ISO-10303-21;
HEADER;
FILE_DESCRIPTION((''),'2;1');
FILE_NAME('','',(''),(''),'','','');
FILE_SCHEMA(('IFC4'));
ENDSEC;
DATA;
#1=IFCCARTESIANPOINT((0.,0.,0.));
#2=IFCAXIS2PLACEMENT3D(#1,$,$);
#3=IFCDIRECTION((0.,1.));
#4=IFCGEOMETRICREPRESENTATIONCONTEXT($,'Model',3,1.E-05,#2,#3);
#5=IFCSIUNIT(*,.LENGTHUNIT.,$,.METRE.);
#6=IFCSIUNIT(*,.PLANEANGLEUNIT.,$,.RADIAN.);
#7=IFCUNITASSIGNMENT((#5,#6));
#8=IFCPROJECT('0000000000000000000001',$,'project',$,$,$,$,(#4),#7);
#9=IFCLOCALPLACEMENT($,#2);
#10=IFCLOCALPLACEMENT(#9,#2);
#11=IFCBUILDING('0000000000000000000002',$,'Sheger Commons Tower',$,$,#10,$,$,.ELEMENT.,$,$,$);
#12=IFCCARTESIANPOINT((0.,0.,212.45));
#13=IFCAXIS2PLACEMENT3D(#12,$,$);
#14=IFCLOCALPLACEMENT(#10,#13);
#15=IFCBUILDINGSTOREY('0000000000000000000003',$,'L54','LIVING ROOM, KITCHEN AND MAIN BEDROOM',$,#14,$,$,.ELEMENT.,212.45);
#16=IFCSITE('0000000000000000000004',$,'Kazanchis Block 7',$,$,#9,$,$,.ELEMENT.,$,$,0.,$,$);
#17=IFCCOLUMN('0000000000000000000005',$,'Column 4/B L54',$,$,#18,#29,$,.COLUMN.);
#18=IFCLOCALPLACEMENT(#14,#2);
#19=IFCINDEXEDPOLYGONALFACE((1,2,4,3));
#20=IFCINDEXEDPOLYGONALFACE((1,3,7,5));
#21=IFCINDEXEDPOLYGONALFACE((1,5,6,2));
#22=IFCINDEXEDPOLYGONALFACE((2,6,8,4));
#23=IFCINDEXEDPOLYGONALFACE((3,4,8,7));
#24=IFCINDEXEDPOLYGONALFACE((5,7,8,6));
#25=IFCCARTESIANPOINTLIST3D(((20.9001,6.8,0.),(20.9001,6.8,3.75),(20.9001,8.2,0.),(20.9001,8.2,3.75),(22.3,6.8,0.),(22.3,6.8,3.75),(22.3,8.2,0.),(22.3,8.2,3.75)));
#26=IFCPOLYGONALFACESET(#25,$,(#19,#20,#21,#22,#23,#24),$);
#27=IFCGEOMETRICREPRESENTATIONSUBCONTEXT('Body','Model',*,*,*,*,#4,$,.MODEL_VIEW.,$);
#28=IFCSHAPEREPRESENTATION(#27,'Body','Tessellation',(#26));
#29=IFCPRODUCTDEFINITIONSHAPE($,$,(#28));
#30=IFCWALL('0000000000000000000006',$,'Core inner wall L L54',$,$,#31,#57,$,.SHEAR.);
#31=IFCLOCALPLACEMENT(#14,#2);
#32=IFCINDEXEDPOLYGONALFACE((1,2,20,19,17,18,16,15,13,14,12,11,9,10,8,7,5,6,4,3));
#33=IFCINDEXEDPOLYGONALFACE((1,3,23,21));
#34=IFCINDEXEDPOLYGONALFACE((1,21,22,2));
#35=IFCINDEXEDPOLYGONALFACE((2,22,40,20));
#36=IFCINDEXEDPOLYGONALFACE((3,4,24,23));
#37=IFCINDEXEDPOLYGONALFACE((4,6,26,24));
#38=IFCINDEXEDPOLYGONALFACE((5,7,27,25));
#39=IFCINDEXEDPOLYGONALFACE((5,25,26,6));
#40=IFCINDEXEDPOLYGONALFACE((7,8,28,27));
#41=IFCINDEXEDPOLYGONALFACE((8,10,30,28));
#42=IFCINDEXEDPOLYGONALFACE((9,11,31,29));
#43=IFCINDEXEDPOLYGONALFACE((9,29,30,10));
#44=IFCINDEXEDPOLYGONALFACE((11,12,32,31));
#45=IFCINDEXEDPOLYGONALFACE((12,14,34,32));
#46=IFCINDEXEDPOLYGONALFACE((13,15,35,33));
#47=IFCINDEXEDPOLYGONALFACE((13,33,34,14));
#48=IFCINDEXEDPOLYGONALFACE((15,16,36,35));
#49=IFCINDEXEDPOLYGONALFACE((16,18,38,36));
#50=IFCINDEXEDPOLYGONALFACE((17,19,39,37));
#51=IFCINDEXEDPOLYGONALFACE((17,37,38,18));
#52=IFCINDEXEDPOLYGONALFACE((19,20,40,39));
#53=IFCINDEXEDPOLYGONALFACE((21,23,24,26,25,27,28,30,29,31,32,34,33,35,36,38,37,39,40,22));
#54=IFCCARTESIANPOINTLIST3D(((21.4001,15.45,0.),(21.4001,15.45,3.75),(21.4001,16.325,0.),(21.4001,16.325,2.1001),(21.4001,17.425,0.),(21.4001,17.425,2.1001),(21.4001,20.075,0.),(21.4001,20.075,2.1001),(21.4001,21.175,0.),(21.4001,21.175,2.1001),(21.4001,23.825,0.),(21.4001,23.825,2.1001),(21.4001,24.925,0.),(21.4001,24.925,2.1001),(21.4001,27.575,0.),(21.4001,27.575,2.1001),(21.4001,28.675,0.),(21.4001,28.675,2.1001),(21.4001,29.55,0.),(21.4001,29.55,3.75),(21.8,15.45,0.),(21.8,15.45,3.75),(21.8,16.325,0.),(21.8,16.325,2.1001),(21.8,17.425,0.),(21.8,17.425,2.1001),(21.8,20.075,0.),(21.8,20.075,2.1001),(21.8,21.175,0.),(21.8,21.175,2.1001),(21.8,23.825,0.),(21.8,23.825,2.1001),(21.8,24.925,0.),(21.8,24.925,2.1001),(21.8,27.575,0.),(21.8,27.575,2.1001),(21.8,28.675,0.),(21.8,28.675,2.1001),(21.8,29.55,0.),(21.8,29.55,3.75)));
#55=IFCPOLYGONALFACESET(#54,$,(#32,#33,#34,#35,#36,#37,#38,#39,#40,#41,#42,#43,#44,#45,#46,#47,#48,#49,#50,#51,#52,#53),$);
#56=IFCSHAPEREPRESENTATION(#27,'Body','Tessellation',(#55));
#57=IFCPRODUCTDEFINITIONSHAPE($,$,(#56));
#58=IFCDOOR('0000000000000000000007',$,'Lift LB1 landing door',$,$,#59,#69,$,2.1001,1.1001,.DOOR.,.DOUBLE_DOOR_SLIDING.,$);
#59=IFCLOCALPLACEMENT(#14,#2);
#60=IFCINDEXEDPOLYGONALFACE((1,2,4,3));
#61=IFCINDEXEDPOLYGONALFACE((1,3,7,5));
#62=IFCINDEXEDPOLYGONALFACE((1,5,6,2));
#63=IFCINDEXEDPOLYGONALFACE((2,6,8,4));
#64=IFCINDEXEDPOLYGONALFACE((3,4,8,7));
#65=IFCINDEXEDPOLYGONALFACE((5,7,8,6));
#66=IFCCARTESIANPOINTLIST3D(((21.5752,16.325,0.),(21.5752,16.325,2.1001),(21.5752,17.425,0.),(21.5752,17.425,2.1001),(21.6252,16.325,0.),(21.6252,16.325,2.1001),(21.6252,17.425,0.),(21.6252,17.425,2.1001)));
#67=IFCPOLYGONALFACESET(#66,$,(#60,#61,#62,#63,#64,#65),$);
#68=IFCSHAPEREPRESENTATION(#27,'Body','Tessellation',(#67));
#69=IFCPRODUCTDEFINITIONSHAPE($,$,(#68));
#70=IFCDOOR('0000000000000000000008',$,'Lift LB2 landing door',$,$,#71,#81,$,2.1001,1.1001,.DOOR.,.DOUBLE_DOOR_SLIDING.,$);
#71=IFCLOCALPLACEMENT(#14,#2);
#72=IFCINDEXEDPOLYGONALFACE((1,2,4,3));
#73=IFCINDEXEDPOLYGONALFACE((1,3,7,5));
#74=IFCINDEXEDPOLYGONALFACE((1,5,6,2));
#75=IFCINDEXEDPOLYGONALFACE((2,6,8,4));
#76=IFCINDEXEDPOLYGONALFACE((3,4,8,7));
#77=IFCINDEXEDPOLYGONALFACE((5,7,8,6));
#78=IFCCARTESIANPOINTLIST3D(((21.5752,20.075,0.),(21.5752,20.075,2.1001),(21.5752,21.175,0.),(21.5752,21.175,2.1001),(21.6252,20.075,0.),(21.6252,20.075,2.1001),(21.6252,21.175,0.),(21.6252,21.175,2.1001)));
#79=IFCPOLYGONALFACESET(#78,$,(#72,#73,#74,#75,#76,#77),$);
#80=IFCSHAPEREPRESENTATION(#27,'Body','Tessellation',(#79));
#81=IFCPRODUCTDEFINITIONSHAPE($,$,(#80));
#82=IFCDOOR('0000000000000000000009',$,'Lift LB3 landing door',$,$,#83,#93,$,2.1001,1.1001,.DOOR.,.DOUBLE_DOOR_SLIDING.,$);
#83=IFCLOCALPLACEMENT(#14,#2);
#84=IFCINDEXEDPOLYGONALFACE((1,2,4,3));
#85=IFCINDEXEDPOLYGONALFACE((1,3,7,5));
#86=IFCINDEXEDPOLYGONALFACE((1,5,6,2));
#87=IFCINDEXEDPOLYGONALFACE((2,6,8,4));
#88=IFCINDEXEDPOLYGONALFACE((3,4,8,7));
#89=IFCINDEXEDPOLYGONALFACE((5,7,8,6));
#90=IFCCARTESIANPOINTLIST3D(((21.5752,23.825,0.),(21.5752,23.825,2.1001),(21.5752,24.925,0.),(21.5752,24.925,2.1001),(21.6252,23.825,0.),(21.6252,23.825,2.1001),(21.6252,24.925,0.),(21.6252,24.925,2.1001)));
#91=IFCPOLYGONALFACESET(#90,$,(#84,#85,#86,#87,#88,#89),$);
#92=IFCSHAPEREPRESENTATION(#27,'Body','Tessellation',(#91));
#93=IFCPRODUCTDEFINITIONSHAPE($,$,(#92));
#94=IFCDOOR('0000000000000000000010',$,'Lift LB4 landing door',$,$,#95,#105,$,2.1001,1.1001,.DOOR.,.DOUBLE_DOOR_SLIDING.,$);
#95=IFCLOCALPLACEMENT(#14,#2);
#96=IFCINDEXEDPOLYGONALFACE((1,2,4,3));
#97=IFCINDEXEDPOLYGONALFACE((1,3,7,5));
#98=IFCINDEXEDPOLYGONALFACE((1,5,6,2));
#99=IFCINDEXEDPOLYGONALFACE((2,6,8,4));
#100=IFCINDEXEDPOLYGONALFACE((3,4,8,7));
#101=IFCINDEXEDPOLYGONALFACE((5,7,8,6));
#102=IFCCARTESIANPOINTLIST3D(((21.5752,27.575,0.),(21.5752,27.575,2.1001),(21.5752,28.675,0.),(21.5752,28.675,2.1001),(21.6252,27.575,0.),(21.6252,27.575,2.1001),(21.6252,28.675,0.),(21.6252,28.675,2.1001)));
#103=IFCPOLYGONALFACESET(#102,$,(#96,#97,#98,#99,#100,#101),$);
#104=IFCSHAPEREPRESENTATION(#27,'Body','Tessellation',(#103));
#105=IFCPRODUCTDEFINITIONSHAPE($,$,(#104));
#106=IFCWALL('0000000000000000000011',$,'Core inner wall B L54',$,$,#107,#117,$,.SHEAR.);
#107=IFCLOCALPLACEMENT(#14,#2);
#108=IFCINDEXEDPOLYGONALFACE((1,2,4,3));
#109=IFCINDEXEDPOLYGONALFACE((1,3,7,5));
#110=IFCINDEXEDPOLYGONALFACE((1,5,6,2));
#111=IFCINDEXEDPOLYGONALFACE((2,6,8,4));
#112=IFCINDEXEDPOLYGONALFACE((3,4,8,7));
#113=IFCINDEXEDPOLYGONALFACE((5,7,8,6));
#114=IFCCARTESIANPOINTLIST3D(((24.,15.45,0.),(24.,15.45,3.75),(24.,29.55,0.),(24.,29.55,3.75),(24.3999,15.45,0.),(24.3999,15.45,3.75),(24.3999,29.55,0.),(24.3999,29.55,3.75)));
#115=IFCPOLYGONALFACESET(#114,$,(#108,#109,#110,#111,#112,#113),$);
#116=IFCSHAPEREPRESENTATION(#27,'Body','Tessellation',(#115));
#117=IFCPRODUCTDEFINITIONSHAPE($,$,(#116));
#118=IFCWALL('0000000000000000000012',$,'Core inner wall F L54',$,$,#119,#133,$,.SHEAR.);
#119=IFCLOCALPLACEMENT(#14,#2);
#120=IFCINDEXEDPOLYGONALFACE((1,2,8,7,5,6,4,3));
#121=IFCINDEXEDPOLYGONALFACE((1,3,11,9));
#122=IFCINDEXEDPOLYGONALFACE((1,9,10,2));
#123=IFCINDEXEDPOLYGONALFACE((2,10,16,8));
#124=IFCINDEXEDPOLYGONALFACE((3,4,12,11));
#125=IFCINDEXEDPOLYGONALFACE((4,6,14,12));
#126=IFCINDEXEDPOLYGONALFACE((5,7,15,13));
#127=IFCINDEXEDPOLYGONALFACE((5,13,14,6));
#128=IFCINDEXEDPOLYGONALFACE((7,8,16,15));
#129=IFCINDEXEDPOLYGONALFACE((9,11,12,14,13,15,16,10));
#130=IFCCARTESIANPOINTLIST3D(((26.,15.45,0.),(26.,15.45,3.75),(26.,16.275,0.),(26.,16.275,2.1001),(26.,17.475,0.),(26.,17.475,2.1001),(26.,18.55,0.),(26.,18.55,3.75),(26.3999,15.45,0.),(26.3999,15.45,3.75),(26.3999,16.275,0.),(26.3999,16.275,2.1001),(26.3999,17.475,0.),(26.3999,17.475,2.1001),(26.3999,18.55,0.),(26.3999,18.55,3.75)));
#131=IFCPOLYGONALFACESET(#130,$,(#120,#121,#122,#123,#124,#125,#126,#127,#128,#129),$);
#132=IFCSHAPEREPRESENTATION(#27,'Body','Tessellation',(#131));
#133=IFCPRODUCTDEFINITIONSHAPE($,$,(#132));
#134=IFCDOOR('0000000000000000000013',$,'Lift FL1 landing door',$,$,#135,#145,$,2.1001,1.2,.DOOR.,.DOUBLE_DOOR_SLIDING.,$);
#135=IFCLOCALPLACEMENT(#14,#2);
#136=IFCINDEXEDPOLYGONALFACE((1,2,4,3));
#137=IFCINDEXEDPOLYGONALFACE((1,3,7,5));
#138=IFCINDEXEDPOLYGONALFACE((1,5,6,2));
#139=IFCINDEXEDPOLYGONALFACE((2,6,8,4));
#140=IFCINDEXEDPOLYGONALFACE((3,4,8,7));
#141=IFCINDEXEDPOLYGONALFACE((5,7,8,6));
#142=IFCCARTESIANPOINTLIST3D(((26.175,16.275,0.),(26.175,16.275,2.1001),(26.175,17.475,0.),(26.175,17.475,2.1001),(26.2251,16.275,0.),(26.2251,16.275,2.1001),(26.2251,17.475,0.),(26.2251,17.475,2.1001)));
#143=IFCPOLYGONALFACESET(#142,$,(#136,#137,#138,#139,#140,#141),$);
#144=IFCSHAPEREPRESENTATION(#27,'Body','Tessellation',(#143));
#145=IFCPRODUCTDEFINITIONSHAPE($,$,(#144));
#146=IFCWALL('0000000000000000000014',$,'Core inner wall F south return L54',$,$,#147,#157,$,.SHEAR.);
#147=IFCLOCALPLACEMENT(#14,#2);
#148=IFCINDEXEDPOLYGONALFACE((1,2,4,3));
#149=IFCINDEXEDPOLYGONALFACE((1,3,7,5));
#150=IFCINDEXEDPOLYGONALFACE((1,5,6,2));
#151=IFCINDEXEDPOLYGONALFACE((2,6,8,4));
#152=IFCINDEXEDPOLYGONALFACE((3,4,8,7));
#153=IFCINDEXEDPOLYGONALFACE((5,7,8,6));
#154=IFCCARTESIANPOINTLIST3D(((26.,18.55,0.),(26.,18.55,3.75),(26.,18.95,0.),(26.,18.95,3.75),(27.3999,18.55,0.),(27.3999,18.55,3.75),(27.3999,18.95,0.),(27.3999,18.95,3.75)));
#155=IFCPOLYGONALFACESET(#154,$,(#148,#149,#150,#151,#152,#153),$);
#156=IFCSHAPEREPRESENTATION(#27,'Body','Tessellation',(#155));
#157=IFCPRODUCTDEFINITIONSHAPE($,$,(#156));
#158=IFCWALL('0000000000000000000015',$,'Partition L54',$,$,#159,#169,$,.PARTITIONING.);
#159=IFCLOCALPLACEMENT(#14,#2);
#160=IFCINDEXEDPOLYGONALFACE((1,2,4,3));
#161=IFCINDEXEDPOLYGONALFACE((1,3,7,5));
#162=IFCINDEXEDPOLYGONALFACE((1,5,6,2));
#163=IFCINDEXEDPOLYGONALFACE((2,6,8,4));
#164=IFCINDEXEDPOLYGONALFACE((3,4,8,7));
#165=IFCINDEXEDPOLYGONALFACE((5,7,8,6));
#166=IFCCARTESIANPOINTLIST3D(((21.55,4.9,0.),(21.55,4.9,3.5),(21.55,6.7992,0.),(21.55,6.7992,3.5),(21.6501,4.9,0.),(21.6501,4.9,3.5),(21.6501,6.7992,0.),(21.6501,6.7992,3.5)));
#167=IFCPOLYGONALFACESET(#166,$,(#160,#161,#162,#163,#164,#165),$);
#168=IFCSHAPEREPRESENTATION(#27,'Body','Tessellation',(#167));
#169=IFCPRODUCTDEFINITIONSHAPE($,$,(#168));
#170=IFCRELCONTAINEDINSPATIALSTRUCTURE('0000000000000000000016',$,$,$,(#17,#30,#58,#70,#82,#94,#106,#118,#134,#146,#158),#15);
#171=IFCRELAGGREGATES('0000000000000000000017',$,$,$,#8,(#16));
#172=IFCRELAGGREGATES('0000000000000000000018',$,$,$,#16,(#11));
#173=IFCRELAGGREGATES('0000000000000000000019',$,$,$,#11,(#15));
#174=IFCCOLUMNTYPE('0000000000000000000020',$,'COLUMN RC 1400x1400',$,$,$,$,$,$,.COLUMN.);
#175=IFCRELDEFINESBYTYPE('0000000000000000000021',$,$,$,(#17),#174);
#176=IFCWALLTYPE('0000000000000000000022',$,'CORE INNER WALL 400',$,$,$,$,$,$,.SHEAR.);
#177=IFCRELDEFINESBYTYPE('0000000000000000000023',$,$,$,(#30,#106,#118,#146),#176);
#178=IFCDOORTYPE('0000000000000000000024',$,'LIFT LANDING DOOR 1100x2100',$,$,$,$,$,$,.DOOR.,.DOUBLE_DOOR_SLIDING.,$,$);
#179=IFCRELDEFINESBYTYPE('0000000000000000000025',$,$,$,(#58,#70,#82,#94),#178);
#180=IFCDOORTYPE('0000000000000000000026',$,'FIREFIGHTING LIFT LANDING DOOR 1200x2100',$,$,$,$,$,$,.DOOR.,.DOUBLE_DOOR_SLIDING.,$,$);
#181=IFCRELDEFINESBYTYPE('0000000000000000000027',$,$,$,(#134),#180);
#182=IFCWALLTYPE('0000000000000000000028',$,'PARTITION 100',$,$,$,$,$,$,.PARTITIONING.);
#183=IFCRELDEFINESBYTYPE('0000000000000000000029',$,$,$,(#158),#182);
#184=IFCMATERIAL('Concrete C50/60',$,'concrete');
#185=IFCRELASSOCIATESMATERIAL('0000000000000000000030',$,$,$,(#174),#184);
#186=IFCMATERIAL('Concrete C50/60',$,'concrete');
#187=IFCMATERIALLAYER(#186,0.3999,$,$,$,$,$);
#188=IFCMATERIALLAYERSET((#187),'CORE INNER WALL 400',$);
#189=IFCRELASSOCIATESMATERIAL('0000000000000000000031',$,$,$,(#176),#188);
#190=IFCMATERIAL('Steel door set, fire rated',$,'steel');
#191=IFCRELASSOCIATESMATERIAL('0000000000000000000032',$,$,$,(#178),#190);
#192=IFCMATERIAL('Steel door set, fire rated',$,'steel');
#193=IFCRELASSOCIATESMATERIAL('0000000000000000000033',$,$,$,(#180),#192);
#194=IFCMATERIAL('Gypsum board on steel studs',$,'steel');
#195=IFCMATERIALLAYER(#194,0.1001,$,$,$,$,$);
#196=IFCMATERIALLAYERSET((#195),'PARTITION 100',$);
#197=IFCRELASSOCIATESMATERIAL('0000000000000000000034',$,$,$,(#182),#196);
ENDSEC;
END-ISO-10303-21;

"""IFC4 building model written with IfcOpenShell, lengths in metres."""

from ifc_helpers import new_model, si_unit, direction, frame, frame_2d, origin, origin_2d, place, context, subcontext, project, spatial, rectangle, extrude, material, layer, layer_set, material_profile, profile_set, type_object, element, fill, save


model = new_model("IFC4")

# Units and contexts
model_context = context("Model", 3, precision=1e-05, world=origin(), true_north=direction((0.0, 1.0)))
body_context = subcontext(model_context, "Body", "Model", "MODEL_VIEW")
ifc_project = project(units=[si_unit("LENGTHUNIT", "METRE"), si_unit("PLANEANGLEUNIT", "RADIAN")], contexts=[model_context])

# Site, building, storey
site_placement = place(None, origin())
site = spatial("IfcSite", under=ifc_project, at=site_placement, Name="Kazanchis Block 7", CompositionType="ELEMENT", RefElevation=0.0)
building_placement = place(site_placement, origin())
building = spatial("IfcBuilding", under=site, at=building_placement, Name="Sheger Commons Tower", CompositionType="ELEMENT")
storey_placement = place(building_placement, frame((0.0, 0.0, 212.45)))
storey = spatial("IfcBuildingStorey", under=building, at=storey_placement, Name="L54", Description="LIVING ROOM, KITCHEN AND MAIN BEDROOM", CompositionType="ELEMENT", Elevation=212.45)

# Column
ifc_material_1 = material(Name="Concrete C50/60", Category="concrete")
ifc_material_profile = material_profile(ifc_material_1, rectangle(XDim=1.3999, YDim=1.3999, at=origin_2d()), Name="RC 1400x1400")
ifc_profile_set = profile_set([ifc_material_profile], Name="Concrete C50/60")
column_type = type_object("IfcColumnType", Name="COLUMN RC 1400x1400", PredefinedType="COLUMN", material=ifc_profile_set)
column_placement = place(storey_placement, frame((21.6001, 7.5, 0.0), z_axis=(0.0, 0.0, 1.0), x_axis=(1.0, 0.0, 0.0)))
element("IfcColumn", 1, at=column_placement, inside=storey, type_object=column_type, Name="Column 4/B L54", PredefinedType="COLUMN", context=body_context, shape_type="SweptSolid", body=[
    extrude(rectangle(XDim=1.3999, YDim=1.3999, at=origin_2d()), origin(), (0.0, 0.0, 1.0), 3.75),
])

# Wall, openings, doors
ifc_material_2 = material(Name="Concrete C50/60", Category="concrete")
ifc_layer_1 = layer(ifc_material_2, 0.3999)
ifc_layer_set_1 = layer_set([ifc_layer_1], Name="CORE INNER WALL 400")
wall_type_1 = type_object("IfcWallType", Name="CORE INNER WALL 400", PredefinedType="SHEAR", material=ifc_layer_set_1)
wall_1_placement = place(storey_placement, frame((21.6001, 15.45, 0.0), z_axis=(0.0, 0.0, 1.0), x_axis=(0.0, 1.0, 0.0)))
wall_1 = element("IfcWall", 2, at=wall_1_placement, inside=storey, type_object=wall_type_1, Name="Core inner wall L L54", PredefinedType="SHEAR", context=body_context, shape_type="SweptSolid", body=[
    extrude(rectangle(XDim=14.1001, YDim=0.3999, at=frame_2d((7.05, 0.0))), origin(), (0.0, 0.0, 1.0), 3.75),
])
opening_1_placement = place(wall_1_placement, frame((0.875, 0.0, 0.0)))
opening_1 = element("IfcOpeningElement", 3, at=opening_1_placement, cuts=wall_1, PredefinedType="OPENING", context=body_context, shape_type="SweptSolid", body=[
    extrude(rectangle(XDim=1.1001, YDim=2.1001, at=frame_2d((0.55, 1.05))), frame((0.0, 0.21, 0.0), z_axis=(0.0, -1.0, 0.0), x_axis=(1.0, 0.0, 0.0)), (0.0, 0.0, 1.0), 0.4199),
])
opening_2_placement = place(wall_1_placement, frame((4.625, 0.0, 0.0)))
opening_2 = element("IfcOpeningElement", 4, at=opening_2_placement, cuts=wall_1, PredefinedType="OPENING", context=body_context, shape_type="SweptSolid", body=[
    extrude(rectangle(XDim=1.1001, YDim=2.1001, at=frame_2d((0.55, 1.05))), frame((0.0, 0.21, 0.0), z_axis=(0.0, -1.0, 0.0), x_axis=(1.0, 0.0, 0.0)), (0.0, 0.0, 1.0), 0.4199),
])
opening_3_placement = place(wall_1_placement, frame((8.375, 0.0, 0.0)))
opening_3 = element("IfcOpeningElement", 5, at=opening_3_placement, cuts=wall_1, PredefinedType="OPENING", context=body_context, shape_type="SweptSolid", body=[
    extrude(rectangle(XDim=1.1001, YDim=2.1001, at=frame_2d((0.55, 1.05))), frame((0.0, 0.21, 0.0), z_axis=(0.0, -1.0, 0.0), x_axis=(1.0, 0.0, 0.0)), (0.0, 0.0, 1.0), 0.4199),
])
opening_4_placement = place(wall_1_placement, frame((12.125, 0.0, 0.0)))
opening_4 = element("IfcOpeningElement", 6, at=opening_4_placement, cuts=wall_1, PredefinedType="OPENING", context=body_context, shape_type="SweptSolid", body=[
    extrude(rectangle(XDim=1.1001, YDim=2.1001, at=frame_2d((0.55, 1.05))), frame((0.0, 0.21, 0.0), z_axis=(0.0, -1.0, 0.0), x_axis=(1.0, 0.0, 0.0)), (0.0, 0.0, 1.0), 0.4199),
])
ifc_material_3 = material(Name="Steel door set, fire rated", Category="steel")
door_type_1 = type_object("IfcDoorType", Name="LIFT LANDING DOOR 1100x2100", OperationType="DOUBLE_DOOR_SLIDING", PredefinedType="DOOR", material=ifc_material_3)
door_1_placement = place(opening_1_placement, origin())
door_1 = element("IfcDoor", 7, at=door_1_placement, inside=storey, type_object=door_type_1, Name="Lift LB1 landing door", OperationType="DOUBLE_DOOR_SLIDING", OverallHeight=2.1001, OverallWidth=1.1001, PredefinedType="DOOR", context=body_context, shape_type="SweptSolid", body=[
    extrude(rectangle(XDim=1.1001, YDim=2.1001, at=frame_2d((0.55, 1.05))), frame((0.0, 0.0249, 0.0), z_axis=(0.0, -1.0, 0.0), x_axis=(1.0, 0.0, 0.0)), (0.0, 0.0, 1.0), 0.05),
])
fill(opening_1, door_1)
door_2_placement = place(opening_2_placement, origin())
door_2 = element("IfcDoor", 8, at=door_2_placement, inside=storey, type_object=door_type_1, Name="Lift LB2 landing door", OperationType="DOUBLE_DOOR_SLIDING", OverallHeight=2.1001, OverallWidth=1.1001, PredefinedType="DOOR", context=body_context, shape_type="SweptSolid", body=[
    extrude(rectangle(XDim=1.1001, YDim=2.1001, at=frame_2d((0.55, 1.05))), frame((0.0, 0.0249, 0.0), z_axis=(0.0, -1.0, 0.0), x_axis=(1.0, 0.0, 0.0)), (0.0, 0.0, 1.0), 0.05),
])
fill(opening_2, door_2)
door_3_placement = place(opening_3_placement, origin())
door_3 = element("IfcDoor", 9, at=door_3_placement, inside=storey, type_object=door_type_1, Name="Lift LB3 landing door", OperationType="DOUBLE_DOOR_SLIDING", OverallHeight=2.1001, OverallWidth=1.1001, PredefinedType="DOOR", context=body_context, shape_type="SweptSolid", body=[
    extrude(rectangle(XDim=1.1001, YDim=2.1001, at=frame_2d((0.55, 1.05))), frame((0.0, 0.0249, 0.0), z_axis=(0.0, -1.0, 0.0), x_axis=(1.0, 0.0, 0.0)), (0.0, 0.0, 1.0), 0.05),
])
fill(opening_3, door_3)
door_4_placement = place(opening_4_placement, origin())
door_4 = element("IfcDoor", 10, at=door_4_placement, inside=storey, type_object=door_type_1, Name="Lift LB4 landing door", OperationType="DOUBLE_DOOR_SLIDING", OverallHeight=2.1001, OverallWidth=1.1001, PredefinedType="DOOR", context=body_context, shape_type="SweptSolid", body=[
    extrude(rectangle(XDim=1.1001, YDim=2.1001, at=frame_2d((0.55, 1.05))), frame((0.0, 0.0249, 0.0), z_axis=(0.0, -1.0, 0.0), x_axis=(1.0, 0.0, 0.0)), (0.0, 0.0, 1.0), 0.05),
])
fill(opening_4, door_4)

# Wall
wall_2_placement = place(storey_placement, frame((24.2, 15.45, 0.0), z_axis=(0.0, 0.0, 1.0), x_axis=(0.0, 1.0, 0.0)))
element("IfcWall", 11, at=wall_2_placement, inside=storey, type_object=wall_type_1, Name="Core inner wall B L54", PredefinedType="SHEAR", context=body_context, shape_type="SweptSolid", body=[
    extrude(rectangle(XDim=14.1001, YDim=0.3999, at=frame_2d((7.05, 0.0))), origin(), (0.0, 0.0, 1.0), 3.75),
])

# Wall, opening, door
wall_3_placement = place(storey_placement, frame((26.2, 15.45, 0.0), z_axis=(0.0, 0.0, 1.0), x_axis=(0.0, 1.0, 0.0)))
wall_3 = element("IfcWall", 12, at=wall_3_placement, inside=storey, type_object=wall_type_1, Name="Core inner wall F L54", PredefinedType="SHEAR", context=body_context, shape_type="SweptSolid", body=[
    extrude(rectangle(XDim=3.1001, YDim=0.3999, at=frame_2d((1.55, 0.0))), origin(), (0.0, 0.0, 1.0), 3.75),
])
opening_5_placement = place(wall_3_placement, frame((0.825, 0.0, 0.0)))
opening_5 = element("IfcOpeningElement", 13, at=opening_5_placement, cuts=wall_3, PredefinedType="OPENING", context=body_context, shape_type="SweptSolid", body=[
    extrude(rectangle(XDim=1.2, YDim=2.1001, at=frame_2d((0.6001, 1.05))), frame((0.0, 0.21, 0.0), z_axis=(0.0, -1.0, 0.0), x_axis=(1.0, 0.0, 0.0)), (0.0, 0.0, 1.0), 0.4199),
])
ifc_material_4 = material(Name="Steel door set, fire rated", Category="steel")
door_type_2 = type_object("IfcDoorType", Name="FIREFIGHTING LIFT LANDING DOOR 1200x2100", OperationType="DOUBLE_DOOR_SLIDING", PredefinedType="DOOR", material=ifc_material_4)
door_5_placement = place(opening_5_placement, origin())
door_5 = element("IfcDoor", 14, at=door_5_placement, inside=storey, type_object=door_type_2, Name="Lift FL1 landing door", OperationType="DOUBLE_DOOR_SLIDING", OverallHeight=2.1001, OverallWidth=1.2, PredefinedType="DOOR", context=body_context, shape_type="SweptSolid", body=[
    extrude(rectangle(XDim=1.2, YDim=2.1001, at=frame_2d((0.6001, 1.05))), frame((0.0, 0.0249, 0.0), z_axis=(0.0, -1.0, 0.0), x_axis=(1.0, 0.0, 0.0)), (0.0, 0.0, 1.0), 0.05),
])
fill(opening_5, door_5)

# Walls
wall_4_placement = place(storey_placement, frame((26.0, 18.75, 0.0), z_axis=(0.0, 0.0, 1.0), x_axis=(1.0, 0.0, 0.0)))
element("IfcWall", 15, at=wall_4_placement, inside=storey, type_object=wall_type_1, Name="Core inner wall F south return L54", PredefinedType="SHEAR", context=body_context, shape_type="SweptSolid", body=[
    extrude(rectangle(XDim=1.3999, YDim=0.3999, at=frame_2d((0.7, 0.0))), origin(), (0.0, 0.0, 1.0), 3.75),
])
ifc_material_5 = material(Name="Gypsum board on steel studs", Category="steel")
ifc_layer_2 = layer(ifc_material_5, 0.1001)
ifc_layer_set_2 = layer_set([ifc_layer_2], Name="PARTITION 100")
wall_type_2 = type_object("IfcWallType", Name="PARTITION 100", PredefinedType="PARTITIONING", material=ifc_layer_set_2)
wall_5_placement = place(storey_placement, frame((21.6001, 4.8999, 0.0), z_axis=(0.0, 0.0, 1.0), x_axis=(0.0, 1.0, 0.0)))
element("IfcWall", 16, at=wall_5_placement, inside=storey, type_object=wall_type_2, Name="Partition L54", PredefinedType="PARTITIONING", context=body_context, shape_type="SweptSolid", body=[
    extrude(rectangle(XDim=1.8992, YDim=0.1001, at=frame_2d((0.9497, 0.0))), origin(), (0.0, 0.0, 1.0), 3.5),
])

save(model, "model.ifc")
